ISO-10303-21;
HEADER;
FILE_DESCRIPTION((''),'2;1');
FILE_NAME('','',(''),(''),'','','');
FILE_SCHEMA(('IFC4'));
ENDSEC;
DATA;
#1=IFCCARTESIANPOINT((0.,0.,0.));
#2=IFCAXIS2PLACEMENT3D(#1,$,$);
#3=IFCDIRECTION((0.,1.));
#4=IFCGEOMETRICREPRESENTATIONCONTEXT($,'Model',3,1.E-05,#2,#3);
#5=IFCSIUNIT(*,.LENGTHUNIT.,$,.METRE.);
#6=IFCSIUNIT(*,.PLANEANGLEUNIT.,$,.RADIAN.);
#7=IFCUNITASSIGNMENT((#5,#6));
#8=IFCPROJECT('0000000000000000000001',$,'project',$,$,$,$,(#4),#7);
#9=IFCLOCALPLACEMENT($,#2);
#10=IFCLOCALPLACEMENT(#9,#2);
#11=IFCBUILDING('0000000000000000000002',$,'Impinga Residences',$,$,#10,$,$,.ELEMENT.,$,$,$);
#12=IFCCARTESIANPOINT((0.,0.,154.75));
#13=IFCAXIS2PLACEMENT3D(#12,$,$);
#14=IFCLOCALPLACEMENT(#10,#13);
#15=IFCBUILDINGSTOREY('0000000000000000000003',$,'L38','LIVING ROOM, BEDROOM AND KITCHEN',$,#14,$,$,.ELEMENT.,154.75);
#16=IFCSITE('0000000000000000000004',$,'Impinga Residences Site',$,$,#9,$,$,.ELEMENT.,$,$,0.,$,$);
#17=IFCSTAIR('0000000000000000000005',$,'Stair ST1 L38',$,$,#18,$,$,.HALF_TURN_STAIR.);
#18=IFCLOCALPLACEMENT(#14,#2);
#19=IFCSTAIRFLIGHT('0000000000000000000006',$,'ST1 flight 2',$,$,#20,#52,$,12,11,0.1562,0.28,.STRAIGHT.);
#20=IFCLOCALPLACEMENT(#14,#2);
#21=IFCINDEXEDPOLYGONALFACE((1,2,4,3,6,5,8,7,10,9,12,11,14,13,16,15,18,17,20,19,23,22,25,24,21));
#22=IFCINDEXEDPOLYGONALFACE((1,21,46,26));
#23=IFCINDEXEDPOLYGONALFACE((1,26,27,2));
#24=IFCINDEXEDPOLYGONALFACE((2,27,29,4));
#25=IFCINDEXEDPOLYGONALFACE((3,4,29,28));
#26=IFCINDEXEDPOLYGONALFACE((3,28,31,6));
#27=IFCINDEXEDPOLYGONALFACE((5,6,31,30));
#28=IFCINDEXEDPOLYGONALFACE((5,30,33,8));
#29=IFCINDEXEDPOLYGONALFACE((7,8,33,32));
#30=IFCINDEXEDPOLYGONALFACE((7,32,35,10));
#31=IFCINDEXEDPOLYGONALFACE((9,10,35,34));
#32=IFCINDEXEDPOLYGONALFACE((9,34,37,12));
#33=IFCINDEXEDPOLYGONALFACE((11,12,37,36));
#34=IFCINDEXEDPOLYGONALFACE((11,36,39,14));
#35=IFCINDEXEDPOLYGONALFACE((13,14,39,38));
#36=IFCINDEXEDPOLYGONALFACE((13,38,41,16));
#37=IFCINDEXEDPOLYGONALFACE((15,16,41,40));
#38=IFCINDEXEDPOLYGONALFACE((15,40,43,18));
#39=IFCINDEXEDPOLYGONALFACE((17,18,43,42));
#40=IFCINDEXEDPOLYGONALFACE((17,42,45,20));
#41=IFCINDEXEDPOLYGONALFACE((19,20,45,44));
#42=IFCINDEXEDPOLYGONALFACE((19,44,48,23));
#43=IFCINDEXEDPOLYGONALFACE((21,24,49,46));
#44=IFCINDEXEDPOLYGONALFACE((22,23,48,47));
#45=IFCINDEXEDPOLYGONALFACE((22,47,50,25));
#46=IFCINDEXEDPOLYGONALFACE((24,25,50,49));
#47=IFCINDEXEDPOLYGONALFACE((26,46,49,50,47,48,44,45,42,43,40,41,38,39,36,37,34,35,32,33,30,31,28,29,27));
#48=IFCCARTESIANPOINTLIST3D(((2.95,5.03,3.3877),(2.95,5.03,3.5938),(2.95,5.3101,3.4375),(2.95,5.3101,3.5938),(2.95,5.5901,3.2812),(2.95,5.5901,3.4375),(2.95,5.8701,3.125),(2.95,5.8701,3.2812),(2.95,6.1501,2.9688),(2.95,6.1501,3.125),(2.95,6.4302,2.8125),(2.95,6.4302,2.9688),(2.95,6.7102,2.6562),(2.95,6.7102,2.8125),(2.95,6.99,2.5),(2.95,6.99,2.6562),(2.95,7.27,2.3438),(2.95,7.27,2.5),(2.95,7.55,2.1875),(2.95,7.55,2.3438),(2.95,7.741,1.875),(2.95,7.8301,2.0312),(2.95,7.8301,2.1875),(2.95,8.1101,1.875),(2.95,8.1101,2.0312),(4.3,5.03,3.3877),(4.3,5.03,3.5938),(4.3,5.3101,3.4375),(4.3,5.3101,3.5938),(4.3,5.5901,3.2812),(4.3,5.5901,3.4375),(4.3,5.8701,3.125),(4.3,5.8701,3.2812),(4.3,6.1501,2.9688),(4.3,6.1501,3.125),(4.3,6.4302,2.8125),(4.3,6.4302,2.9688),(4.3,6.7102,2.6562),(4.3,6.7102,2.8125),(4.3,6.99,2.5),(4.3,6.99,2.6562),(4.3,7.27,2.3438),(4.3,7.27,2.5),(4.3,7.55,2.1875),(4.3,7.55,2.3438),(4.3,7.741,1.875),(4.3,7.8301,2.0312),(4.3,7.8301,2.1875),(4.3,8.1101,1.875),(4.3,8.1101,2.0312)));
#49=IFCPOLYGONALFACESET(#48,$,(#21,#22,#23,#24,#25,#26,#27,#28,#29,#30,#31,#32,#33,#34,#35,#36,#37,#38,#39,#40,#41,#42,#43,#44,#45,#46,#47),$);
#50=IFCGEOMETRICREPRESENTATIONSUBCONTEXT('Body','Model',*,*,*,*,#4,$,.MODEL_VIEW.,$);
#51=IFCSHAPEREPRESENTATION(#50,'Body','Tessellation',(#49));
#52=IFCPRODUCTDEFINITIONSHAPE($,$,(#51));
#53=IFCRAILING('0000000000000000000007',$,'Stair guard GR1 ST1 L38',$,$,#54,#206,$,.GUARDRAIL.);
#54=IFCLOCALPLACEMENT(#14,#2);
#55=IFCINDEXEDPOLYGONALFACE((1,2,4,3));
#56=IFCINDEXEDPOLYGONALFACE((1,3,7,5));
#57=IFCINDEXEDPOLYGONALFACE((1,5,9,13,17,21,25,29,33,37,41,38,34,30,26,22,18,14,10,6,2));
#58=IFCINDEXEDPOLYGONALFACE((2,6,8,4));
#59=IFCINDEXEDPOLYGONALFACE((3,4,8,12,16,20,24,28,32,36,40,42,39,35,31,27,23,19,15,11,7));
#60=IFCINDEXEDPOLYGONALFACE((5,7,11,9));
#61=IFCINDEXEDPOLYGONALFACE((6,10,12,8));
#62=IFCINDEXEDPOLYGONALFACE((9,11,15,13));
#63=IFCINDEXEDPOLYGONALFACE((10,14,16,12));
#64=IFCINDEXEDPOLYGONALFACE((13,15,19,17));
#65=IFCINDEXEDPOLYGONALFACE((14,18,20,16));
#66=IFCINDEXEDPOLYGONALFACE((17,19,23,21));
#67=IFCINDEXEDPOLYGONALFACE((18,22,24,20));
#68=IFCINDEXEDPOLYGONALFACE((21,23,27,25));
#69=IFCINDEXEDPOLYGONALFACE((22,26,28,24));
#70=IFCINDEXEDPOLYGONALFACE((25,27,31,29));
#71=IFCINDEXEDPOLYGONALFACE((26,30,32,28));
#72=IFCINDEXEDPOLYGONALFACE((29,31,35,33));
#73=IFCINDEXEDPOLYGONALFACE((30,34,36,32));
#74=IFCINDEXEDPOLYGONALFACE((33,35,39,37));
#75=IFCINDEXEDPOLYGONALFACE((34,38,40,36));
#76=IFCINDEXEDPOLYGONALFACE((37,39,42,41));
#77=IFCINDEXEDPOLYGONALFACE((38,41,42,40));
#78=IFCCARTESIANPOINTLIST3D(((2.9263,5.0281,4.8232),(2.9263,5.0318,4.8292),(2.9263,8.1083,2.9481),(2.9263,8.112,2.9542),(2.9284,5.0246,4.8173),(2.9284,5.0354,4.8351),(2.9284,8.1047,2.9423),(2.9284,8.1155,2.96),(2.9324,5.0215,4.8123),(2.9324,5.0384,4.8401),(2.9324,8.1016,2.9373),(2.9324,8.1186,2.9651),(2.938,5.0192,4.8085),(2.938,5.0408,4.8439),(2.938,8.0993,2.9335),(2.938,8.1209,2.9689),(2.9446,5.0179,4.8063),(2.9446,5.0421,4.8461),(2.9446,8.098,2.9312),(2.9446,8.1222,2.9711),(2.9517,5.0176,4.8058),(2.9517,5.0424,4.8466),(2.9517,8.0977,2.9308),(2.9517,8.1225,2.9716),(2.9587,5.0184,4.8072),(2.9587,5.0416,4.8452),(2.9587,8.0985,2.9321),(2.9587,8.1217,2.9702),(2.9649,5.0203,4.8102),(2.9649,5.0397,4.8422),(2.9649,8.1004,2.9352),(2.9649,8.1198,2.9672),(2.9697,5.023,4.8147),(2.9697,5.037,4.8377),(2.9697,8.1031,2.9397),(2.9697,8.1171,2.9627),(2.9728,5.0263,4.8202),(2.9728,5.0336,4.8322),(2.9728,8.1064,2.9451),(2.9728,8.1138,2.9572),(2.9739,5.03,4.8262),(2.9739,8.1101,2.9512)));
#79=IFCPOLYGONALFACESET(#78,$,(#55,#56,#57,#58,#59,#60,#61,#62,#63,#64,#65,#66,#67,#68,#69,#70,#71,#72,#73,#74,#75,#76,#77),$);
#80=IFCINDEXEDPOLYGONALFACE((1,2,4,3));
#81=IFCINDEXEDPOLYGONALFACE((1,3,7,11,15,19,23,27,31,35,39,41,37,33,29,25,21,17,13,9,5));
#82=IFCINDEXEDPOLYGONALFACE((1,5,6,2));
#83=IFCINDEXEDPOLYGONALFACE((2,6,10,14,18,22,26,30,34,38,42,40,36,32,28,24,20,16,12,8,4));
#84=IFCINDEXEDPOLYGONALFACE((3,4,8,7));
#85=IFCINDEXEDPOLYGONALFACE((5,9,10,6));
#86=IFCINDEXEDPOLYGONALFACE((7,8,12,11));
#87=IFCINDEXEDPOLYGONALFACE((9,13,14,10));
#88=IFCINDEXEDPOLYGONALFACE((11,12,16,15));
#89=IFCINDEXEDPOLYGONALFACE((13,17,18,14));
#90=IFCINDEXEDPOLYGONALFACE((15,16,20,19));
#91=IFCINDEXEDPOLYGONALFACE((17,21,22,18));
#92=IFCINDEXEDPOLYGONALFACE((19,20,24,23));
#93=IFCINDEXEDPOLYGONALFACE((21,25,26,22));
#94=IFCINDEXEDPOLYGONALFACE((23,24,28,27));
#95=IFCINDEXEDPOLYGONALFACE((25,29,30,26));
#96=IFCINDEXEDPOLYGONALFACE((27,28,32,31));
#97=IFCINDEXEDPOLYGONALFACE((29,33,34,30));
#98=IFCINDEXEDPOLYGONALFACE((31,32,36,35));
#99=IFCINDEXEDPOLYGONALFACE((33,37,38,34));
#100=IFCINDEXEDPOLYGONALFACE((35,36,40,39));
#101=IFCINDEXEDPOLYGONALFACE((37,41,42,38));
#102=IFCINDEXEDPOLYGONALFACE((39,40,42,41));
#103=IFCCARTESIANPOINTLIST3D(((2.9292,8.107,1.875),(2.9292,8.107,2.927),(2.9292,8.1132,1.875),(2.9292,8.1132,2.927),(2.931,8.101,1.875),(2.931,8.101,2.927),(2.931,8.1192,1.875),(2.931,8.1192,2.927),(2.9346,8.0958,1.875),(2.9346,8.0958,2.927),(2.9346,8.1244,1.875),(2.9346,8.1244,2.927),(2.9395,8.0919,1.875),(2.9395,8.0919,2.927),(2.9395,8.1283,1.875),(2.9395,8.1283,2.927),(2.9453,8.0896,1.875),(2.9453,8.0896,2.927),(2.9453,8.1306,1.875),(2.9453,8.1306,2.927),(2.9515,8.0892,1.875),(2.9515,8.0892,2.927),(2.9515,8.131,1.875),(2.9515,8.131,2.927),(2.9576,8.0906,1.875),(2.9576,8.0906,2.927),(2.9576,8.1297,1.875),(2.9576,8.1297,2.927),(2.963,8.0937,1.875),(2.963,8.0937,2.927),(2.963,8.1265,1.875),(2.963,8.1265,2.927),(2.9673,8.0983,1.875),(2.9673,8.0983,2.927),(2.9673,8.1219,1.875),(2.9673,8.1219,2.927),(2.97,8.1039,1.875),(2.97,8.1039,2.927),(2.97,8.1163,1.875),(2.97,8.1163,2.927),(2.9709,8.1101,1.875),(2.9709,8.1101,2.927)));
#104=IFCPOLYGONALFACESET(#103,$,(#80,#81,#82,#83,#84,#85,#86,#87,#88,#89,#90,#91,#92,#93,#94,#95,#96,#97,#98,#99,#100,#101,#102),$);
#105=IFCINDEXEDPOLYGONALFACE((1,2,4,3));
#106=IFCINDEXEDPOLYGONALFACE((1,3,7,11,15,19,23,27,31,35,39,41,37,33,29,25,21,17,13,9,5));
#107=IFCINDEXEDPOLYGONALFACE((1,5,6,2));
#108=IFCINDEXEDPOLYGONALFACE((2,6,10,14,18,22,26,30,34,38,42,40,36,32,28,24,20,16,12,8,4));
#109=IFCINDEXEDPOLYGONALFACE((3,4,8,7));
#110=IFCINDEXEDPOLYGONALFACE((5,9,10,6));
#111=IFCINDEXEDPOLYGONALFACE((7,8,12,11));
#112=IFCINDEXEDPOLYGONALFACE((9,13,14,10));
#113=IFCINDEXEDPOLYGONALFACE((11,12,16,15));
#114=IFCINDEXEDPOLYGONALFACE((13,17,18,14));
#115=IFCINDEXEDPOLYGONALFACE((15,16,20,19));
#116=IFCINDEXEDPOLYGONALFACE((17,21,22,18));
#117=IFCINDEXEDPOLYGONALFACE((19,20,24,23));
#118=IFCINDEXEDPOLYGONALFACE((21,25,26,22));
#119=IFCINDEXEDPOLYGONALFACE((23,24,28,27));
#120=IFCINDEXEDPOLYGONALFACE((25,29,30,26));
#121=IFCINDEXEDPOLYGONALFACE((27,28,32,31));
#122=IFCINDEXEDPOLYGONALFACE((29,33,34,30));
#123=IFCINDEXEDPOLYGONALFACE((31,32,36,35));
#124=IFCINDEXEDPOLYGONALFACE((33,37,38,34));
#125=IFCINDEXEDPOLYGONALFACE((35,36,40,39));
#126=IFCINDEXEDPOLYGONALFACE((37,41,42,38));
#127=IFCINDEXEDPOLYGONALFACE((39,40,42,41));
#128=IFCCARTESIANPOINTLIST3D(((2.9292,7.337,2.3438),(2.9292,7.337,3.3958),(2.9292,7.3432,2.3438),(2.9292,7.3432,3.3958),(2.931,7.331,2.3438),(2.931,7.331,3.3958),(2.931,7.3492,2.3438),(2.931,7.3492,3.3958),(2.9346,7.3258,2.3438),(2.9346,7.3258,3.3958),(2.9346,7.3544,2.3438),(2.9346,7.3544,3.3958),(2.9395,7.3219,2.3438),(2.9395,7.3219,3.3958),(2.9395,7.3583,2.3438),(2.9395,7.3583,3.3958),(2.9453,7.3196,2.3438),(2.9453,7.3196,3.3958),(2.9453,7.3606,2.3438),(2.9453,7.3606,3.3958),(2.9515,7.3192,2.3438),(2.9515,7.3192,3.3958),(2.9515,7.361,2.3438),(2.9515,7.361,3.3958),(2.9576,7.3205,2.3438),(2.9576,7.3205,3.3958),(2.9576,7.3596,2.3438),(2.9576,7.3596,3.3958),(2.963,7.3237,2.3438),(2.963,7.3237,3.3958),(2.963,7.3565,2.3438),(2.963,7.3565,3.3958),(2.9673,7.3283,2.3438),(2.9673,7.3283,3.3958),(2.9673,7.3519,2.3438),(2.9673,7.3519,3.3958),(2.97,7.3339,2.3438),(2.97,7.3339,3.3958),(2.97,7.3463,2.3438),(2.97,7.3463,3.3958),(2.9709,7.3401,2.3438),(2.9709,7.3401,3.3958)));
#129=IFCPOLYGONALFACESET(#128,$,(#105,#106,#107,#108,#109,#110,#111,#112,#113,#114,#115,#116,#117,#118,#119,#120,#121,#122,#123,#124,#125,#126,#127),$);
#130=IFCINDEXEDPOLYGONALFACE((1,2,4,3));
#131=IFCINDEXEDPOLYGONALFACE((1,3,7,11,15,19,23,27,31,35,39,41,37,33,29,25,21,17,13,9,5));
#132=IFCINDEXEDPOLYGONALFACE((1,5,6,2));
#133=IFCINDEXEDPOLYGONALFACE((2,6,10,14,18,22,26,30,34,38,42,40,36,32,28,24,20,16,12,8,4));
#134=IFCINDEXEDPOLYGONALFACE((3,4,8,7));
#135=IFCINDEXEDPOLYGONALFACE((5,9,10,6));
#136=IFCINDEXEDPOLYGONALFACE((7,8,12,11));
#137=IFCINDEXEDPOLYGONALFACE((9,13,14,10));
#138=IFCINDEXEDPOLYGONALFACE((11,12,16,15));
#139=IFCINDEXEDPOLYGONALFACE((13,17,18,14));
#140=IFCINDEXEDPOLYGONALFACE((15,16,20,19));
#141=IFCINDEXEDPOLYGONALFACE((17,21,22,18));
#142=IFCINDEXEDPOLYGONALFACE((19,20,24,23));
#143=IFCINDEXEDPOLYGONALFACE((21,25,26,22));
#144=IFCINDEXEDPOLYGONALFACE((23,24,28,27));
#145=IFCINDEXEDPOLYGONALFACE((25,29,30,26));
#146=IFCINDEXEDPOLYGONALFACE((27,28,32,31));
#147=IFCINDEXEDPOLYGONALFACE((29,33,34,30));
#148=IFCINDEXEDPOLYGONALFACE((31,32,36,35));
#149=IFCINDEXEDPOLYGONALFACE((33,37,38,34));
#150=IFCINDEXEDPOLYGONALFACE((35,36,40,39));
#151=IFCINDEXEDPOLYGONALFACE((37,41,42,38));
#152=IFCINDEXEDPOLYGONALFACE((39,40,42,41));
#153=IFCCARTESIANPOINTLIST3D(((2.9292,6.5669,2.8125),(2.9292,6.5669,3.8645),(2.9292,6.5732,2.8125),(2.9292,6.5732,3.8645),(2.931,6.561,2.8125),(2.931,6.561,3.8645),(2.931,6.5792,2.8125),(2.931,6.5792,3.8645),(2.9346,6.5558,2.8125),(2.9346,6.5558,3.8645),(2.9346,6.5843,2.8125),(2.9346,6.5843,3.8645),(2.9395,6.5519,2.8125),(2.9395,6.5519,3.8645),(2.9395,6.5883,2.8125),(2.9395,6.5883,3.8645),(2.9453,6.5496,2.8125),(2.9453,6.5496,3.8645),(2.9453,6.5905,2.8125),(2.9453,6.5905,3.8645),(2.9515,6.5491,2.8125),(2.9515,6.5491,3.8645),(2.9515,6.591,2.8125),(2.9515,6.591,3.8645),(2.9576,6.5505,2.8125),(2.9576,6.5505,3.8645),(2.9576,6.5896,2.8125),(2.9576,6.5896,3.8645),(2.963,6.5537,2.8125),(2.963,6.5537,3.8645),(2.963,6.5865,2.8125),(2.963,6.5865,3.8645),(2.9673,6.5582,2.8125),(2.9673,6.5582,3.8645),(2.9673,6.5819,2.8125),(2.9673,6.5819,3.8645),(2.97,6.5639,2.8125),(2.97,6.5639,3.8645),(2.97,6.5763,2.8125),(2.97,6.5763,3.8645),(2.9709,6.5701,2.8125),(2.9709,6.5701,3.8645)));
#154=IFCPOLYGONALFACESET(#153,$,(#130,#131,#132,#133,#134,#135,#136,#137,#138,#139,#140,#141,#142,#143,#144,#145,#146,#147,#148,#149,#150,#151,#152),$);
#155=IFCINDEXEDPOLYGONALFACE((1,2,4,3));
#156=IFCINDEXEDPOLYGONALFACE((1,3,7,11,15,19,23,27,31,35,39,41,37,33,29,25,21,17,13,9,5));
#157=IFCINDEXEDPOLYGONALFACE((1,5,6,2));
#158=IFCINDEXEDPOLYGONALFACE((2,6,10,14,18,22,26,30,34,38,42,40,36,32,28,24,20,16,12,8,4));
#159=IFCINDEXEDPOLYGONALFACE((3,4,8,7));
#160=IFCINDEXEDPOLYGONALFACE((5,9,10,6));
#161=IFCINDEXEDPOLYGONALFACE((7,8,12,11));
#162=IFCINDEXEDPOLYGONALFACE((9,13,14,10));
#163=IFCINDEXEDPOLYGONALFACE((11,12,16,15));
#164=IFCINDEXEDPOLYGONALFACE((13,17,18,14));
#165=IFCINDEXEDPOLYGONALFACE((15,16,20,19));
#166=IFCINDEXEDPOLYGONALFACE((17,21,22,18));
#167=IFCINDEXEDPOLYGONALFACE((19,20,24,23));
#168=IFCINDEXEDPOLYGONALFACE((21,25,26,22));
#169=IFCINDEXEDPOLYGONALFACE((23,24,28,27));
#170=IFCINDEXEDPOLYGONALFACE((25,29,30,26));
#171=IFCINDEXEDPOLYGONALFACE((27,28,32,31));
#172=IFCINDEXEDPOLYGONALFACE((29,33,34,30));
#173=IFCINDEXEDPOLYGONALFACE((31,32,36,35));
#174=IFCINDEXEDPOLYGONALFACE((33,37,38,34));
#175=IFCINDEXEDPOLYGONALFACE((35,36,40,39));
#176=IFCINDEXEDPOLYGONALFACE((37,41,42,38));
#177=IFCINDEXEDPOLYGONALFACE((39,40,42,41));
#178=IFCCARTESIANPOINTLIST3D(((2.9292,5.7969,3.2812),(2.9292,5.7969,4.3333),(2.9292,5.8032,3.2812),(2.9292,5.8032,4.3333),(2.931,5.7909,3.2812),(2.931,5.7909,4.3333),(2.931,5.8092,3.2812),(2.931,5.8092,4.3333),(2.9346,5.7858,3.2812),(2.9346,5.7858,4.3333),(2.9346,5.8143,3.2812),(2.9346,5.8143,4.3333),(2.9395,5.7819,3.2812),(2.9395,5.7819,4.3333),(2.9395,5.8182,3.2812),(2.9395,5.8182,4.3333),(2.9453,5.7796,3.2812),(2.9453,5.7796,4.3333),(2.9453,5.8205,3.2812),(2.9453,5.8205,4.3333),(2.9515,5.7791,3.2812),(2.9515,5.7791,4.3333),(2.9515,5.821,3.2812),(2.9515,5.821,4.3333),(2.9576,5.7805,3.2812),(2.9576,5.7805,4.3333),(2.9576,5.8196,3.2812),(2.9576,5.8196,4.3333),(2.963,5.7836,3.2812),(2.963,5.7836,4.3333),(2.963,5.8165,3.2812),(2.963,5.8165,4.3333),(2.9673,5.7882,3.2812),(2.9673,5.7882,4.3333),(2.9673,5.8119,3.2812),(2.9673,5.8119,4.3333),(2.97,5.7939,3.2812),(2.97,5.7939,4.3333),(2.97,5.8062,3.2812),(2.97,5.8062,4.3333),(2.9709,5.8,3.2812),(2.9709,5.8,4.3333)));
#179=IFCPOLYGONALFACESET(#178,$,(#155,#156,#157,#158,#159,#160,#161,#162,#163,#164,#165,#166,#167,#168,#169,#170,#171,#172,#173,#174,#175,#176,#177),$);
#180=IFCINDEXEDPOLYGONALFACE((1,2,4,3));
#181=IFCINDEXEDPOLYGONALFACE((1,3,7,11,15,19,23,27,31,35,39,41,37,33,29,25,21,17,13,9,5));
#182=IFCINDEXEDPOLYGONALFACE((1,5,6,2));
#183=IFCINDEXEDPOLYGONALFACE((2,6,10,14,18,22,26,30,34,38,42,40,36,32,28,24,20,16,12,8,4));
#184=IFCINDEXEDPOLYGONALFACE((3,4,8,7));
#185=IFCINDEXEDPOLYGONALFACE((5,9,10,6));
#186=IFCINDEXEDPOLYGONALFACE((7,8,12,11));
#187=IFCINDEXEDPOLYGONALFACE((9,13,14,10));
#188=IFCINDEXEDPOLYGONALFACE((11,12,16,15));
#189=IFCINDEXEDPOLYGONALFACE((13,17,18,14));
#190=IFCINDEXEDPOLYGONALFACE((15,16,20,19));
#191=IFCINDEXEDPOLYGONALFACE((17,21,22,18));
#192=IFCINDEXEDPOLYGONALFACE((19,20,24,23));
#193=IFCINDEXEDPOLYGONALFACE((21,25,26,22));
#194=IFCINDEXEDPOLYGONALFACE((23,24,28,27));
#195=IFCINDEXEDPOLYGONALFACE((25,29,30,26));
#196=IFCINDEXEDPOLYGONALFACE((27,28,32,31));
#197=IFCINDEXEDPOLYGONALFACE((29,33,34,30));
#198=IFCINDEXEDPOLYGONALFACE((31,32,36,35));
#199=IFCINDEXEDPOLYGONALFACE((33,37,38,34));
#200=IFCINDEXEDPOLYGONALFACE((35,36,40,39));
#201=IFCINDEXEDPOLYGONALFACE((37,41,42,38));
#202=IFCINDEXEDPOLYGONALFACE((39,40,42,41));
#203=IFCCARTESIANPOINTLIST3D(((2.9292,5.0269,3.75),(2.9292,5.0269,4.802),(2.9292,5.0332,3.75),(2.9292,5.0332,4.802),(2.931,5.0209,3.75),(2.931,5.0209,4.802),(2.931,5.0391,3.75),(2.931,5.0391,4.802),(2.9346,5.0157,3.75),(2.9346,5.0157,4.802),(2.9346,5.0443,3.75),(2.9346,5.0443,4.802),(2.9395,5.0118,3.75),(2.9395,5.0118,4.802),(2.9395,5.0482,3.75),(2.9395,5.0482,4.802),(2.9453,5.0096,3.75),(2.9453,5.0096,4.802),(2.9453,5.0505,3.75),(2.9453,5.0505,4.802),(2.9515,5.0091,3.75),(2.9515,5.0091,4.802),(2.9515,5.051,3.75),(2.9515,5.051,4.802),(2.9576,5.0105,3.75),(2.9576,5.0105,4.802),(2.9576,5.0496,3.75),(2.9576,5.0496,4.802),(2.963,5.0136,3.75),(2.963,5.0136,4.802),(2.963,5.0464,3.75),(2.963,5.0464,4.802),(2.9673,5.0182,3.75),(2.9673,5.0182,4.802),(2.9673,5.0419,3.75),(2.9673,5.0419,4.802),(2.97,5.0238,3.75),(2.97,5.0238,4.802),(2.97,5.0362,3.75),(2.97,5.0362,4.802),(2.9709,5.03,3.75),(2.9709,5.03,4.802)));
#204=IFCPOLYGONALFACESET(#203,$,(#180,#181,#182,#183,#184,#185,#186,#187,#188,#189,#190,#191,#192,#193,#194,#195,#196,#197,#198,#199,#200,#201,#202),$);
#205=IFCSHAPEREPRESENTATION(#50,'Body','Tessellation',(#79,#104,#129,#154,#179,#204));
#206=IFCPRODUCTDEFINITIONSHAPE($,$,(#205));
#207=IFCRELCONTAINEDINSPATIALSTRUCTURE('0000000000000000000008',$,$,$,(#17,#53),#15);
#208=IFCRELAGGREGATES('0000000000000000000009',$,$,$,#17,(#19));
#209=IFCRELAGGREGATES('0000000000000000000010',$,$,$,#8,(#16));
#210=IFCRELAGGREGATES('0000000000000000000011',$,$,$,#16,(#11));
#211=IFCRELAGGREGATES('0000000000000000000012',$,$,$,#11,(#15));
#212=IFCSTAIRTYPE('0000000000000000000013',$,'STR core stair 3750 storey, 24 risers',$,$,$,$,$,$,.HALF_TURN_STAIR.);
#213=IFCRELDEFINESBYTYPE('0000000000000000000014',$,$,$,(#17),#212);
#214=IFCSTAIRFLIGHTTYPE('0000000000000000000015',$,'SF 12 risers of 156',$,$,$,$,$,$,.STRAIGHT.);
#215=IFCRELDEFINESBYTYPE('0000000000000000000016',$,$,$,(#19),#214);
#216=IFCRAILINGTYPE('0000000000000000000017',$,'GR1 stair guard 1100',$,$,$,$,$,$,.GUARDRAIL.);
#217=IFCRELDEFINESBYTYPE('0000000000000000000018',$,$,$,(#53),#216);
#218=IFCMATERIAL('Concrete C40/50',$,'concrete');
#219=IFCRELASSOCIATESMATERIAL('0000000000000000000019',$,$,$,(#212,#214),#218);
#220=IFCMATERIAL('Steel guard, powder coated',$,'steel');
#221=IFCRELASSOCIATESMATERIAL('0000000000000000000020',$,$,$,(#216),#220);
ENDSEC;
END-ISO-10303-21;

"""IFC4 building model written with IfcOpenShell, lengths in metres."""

from ifc_helpers import new_model, si_unit, direction, frame, origin, origin_2d, place, context, subcontext, project, spatial, polyline, circle, outline, extrude, material, type_object, element, aggregate, save


model = new_model("IFC4")

# Units and contexts
model_context = context("Model", 3, precision=1e-05, world=origin(), true_north=direction((0.0, 1.0)))
body_context = subcontext(model_context, "Body", "Model", "MODEL_VIEW")
ifc_project = project(units=[si_unit("LENGTHUNIT", "METRE"), si_unit("PLANEANGLEUNIT", "RADIAN")], contexts=[model_context])

# Site, building, storey
site_placement = place(None, origin())
site = spatial("IfcSite", under=ifc_project, at=site_placement, Name="Impinga Residences Site", CompositionType="ELEMENT", RefElevation=0.0)
building_placement = place(site_placement, origin())
building = spatial("IfcBuilding", under=site, at=building_placement, Name="Impinga Residences", CompositionType="ELEMENT")
storey_placement = place(building_placement, frame((0.0, 0.0, 154.75)))
storey = spatial("IfcBuildingStorey", under=building, at=storey_placement, Name="L38", Description="LIVING ROOM, BEDROOM AND KITCHEN", CompositionType="ELEMENT", Elevation=154.75)

# Stair, stair flight
ifc_material_1 = material(Name="Concrete C40/50", Category="concrete")
stair_type = type_object("IfcStairType", Name="STR core stair 3750 storey, 24 risers", PredefinedType="HALF_TURN_STAIR", material=ifc_material_1)
stair_placement = place(storey_placement, origin())
stair = element("IfcStair", 1, at=stair_placement, inside=storey, type_object=stair_type, Name="Stair ST1 L38", PredefinedType="HALF_TURN_STAIR")
stair_flight_type = type_object("IfcStairFlightType", Name="SF 12 risers of 156", PredefinedType="STRAIGHT", material=ifc_material_1)
stair_flight_1_placement = place(storey_placement, frame((3.625, 8.1101, 1.875), z_axis=(0.0, 0.0, 1.0), x_axis=(0.0, -1.0, 0.0)))
stair_flight_1 = element("IfcStairFlight", 2, at=stair_flight_1_placement, type_object=stair_flight_type, Name="ST1 flight 2", NumberOfRisers=12, NumberOfTreads=11, PredefinedType="STRAIGHT", RiserHeight=0.1562, TreadLength=0.28, context=body_context, shape_type="SweptSolid", body=[
    extrude(outline(polyline([(0.0, 0.0), (0.0, 0.1562), (0.28, 0.1562), (0.28, 0.3125), (0.5601, 0.3125), (0.5601, 0.4688), (0.8401, 0.4688), (0.8401, 0.625), (1.1201, 0.625), (1.1201, 0.7812), (1.3999, 0.7812), (1.3999, 0.9375), (1.6799, 0.9375), (1.6799, 1.0938), (1.96, 1.0938), (1.96, 1.25), (2.24, 1.25), (2.24, 1.4062), (2.52, 1.4062), (2.52, 1.5625), (2.8, 1.5625), (2.8, 1.7188), (3.0801, 1.7188), (3.0801, 1.875), (3.0801, 1.5127), (0.3691, 0.0), (0.0, 0.0)])), frame((0.0, 0.675, 0.0), z_axis=(0.0, -1.0, 0.0), x_axis=(1.0, 0.0, 0.0)), (0.0, 0.0, 1.0), 1.3501),
])
aggregate(stair, [stair_flight_1])

# Railing
ifc_material_2 = material(Name="Steel guard, powder coated", Category="steel")
railing_type_1 = type_object("IfcRailingType", Name="GR1 stair guard 1100", PredefinedType="GUARDRAIL", material=ifc_material_2)
railing_1_placement = place(storey_placement, frame((2.95, 8.1101, 1.875)))
element("IfcRailing", 3, at=railing_1_placement, inside=storey, type_object=railing_type_1, Name="Stair guard GR1 ST1 L38", PredefinedType="GUARDRAIL", context=body_context, shape_type="SweptSolid", body=[
    extrude(circle(Radius=0.0239, at=origin_2d()), frame((0.0, 0.0, 1.0762), z_axis=(0.0, -0.854178, 0.519981), x_axis=(1.0, 0.0, 0.0)), (0.0, 0.0, 1.0), 3.606),
    extrude(circle(Radius=0.021, at=origin_2d()), origin(), (0.0, 0.0, 1.0), 1.052),
    extrude(circle(Radius=0.021, at=origin_2d()), frame((0.0, -0.77, 0.4688)), (0.0, 0.0, 1.0), 1.052),
    extrude(circle(Radius=0.021, at=origin_2d()), frame((0.0, -1.54, 0.9375)), (0.0, 0.0, 1.0), 1.052),
    extrude(circle(Radius=0.021, at=origin_2d()), frame((0.0, -2.3101, 1.4062)), (0.0, 0.0, 1.0), 1.052),
    extrude(circle(Radius=0.021, at=origin_2d()), frame((0.0, -3.0801, 1.875)), (0.0, 0.0, 1.0), 1.052),
])

save(model, "model.ifc")
